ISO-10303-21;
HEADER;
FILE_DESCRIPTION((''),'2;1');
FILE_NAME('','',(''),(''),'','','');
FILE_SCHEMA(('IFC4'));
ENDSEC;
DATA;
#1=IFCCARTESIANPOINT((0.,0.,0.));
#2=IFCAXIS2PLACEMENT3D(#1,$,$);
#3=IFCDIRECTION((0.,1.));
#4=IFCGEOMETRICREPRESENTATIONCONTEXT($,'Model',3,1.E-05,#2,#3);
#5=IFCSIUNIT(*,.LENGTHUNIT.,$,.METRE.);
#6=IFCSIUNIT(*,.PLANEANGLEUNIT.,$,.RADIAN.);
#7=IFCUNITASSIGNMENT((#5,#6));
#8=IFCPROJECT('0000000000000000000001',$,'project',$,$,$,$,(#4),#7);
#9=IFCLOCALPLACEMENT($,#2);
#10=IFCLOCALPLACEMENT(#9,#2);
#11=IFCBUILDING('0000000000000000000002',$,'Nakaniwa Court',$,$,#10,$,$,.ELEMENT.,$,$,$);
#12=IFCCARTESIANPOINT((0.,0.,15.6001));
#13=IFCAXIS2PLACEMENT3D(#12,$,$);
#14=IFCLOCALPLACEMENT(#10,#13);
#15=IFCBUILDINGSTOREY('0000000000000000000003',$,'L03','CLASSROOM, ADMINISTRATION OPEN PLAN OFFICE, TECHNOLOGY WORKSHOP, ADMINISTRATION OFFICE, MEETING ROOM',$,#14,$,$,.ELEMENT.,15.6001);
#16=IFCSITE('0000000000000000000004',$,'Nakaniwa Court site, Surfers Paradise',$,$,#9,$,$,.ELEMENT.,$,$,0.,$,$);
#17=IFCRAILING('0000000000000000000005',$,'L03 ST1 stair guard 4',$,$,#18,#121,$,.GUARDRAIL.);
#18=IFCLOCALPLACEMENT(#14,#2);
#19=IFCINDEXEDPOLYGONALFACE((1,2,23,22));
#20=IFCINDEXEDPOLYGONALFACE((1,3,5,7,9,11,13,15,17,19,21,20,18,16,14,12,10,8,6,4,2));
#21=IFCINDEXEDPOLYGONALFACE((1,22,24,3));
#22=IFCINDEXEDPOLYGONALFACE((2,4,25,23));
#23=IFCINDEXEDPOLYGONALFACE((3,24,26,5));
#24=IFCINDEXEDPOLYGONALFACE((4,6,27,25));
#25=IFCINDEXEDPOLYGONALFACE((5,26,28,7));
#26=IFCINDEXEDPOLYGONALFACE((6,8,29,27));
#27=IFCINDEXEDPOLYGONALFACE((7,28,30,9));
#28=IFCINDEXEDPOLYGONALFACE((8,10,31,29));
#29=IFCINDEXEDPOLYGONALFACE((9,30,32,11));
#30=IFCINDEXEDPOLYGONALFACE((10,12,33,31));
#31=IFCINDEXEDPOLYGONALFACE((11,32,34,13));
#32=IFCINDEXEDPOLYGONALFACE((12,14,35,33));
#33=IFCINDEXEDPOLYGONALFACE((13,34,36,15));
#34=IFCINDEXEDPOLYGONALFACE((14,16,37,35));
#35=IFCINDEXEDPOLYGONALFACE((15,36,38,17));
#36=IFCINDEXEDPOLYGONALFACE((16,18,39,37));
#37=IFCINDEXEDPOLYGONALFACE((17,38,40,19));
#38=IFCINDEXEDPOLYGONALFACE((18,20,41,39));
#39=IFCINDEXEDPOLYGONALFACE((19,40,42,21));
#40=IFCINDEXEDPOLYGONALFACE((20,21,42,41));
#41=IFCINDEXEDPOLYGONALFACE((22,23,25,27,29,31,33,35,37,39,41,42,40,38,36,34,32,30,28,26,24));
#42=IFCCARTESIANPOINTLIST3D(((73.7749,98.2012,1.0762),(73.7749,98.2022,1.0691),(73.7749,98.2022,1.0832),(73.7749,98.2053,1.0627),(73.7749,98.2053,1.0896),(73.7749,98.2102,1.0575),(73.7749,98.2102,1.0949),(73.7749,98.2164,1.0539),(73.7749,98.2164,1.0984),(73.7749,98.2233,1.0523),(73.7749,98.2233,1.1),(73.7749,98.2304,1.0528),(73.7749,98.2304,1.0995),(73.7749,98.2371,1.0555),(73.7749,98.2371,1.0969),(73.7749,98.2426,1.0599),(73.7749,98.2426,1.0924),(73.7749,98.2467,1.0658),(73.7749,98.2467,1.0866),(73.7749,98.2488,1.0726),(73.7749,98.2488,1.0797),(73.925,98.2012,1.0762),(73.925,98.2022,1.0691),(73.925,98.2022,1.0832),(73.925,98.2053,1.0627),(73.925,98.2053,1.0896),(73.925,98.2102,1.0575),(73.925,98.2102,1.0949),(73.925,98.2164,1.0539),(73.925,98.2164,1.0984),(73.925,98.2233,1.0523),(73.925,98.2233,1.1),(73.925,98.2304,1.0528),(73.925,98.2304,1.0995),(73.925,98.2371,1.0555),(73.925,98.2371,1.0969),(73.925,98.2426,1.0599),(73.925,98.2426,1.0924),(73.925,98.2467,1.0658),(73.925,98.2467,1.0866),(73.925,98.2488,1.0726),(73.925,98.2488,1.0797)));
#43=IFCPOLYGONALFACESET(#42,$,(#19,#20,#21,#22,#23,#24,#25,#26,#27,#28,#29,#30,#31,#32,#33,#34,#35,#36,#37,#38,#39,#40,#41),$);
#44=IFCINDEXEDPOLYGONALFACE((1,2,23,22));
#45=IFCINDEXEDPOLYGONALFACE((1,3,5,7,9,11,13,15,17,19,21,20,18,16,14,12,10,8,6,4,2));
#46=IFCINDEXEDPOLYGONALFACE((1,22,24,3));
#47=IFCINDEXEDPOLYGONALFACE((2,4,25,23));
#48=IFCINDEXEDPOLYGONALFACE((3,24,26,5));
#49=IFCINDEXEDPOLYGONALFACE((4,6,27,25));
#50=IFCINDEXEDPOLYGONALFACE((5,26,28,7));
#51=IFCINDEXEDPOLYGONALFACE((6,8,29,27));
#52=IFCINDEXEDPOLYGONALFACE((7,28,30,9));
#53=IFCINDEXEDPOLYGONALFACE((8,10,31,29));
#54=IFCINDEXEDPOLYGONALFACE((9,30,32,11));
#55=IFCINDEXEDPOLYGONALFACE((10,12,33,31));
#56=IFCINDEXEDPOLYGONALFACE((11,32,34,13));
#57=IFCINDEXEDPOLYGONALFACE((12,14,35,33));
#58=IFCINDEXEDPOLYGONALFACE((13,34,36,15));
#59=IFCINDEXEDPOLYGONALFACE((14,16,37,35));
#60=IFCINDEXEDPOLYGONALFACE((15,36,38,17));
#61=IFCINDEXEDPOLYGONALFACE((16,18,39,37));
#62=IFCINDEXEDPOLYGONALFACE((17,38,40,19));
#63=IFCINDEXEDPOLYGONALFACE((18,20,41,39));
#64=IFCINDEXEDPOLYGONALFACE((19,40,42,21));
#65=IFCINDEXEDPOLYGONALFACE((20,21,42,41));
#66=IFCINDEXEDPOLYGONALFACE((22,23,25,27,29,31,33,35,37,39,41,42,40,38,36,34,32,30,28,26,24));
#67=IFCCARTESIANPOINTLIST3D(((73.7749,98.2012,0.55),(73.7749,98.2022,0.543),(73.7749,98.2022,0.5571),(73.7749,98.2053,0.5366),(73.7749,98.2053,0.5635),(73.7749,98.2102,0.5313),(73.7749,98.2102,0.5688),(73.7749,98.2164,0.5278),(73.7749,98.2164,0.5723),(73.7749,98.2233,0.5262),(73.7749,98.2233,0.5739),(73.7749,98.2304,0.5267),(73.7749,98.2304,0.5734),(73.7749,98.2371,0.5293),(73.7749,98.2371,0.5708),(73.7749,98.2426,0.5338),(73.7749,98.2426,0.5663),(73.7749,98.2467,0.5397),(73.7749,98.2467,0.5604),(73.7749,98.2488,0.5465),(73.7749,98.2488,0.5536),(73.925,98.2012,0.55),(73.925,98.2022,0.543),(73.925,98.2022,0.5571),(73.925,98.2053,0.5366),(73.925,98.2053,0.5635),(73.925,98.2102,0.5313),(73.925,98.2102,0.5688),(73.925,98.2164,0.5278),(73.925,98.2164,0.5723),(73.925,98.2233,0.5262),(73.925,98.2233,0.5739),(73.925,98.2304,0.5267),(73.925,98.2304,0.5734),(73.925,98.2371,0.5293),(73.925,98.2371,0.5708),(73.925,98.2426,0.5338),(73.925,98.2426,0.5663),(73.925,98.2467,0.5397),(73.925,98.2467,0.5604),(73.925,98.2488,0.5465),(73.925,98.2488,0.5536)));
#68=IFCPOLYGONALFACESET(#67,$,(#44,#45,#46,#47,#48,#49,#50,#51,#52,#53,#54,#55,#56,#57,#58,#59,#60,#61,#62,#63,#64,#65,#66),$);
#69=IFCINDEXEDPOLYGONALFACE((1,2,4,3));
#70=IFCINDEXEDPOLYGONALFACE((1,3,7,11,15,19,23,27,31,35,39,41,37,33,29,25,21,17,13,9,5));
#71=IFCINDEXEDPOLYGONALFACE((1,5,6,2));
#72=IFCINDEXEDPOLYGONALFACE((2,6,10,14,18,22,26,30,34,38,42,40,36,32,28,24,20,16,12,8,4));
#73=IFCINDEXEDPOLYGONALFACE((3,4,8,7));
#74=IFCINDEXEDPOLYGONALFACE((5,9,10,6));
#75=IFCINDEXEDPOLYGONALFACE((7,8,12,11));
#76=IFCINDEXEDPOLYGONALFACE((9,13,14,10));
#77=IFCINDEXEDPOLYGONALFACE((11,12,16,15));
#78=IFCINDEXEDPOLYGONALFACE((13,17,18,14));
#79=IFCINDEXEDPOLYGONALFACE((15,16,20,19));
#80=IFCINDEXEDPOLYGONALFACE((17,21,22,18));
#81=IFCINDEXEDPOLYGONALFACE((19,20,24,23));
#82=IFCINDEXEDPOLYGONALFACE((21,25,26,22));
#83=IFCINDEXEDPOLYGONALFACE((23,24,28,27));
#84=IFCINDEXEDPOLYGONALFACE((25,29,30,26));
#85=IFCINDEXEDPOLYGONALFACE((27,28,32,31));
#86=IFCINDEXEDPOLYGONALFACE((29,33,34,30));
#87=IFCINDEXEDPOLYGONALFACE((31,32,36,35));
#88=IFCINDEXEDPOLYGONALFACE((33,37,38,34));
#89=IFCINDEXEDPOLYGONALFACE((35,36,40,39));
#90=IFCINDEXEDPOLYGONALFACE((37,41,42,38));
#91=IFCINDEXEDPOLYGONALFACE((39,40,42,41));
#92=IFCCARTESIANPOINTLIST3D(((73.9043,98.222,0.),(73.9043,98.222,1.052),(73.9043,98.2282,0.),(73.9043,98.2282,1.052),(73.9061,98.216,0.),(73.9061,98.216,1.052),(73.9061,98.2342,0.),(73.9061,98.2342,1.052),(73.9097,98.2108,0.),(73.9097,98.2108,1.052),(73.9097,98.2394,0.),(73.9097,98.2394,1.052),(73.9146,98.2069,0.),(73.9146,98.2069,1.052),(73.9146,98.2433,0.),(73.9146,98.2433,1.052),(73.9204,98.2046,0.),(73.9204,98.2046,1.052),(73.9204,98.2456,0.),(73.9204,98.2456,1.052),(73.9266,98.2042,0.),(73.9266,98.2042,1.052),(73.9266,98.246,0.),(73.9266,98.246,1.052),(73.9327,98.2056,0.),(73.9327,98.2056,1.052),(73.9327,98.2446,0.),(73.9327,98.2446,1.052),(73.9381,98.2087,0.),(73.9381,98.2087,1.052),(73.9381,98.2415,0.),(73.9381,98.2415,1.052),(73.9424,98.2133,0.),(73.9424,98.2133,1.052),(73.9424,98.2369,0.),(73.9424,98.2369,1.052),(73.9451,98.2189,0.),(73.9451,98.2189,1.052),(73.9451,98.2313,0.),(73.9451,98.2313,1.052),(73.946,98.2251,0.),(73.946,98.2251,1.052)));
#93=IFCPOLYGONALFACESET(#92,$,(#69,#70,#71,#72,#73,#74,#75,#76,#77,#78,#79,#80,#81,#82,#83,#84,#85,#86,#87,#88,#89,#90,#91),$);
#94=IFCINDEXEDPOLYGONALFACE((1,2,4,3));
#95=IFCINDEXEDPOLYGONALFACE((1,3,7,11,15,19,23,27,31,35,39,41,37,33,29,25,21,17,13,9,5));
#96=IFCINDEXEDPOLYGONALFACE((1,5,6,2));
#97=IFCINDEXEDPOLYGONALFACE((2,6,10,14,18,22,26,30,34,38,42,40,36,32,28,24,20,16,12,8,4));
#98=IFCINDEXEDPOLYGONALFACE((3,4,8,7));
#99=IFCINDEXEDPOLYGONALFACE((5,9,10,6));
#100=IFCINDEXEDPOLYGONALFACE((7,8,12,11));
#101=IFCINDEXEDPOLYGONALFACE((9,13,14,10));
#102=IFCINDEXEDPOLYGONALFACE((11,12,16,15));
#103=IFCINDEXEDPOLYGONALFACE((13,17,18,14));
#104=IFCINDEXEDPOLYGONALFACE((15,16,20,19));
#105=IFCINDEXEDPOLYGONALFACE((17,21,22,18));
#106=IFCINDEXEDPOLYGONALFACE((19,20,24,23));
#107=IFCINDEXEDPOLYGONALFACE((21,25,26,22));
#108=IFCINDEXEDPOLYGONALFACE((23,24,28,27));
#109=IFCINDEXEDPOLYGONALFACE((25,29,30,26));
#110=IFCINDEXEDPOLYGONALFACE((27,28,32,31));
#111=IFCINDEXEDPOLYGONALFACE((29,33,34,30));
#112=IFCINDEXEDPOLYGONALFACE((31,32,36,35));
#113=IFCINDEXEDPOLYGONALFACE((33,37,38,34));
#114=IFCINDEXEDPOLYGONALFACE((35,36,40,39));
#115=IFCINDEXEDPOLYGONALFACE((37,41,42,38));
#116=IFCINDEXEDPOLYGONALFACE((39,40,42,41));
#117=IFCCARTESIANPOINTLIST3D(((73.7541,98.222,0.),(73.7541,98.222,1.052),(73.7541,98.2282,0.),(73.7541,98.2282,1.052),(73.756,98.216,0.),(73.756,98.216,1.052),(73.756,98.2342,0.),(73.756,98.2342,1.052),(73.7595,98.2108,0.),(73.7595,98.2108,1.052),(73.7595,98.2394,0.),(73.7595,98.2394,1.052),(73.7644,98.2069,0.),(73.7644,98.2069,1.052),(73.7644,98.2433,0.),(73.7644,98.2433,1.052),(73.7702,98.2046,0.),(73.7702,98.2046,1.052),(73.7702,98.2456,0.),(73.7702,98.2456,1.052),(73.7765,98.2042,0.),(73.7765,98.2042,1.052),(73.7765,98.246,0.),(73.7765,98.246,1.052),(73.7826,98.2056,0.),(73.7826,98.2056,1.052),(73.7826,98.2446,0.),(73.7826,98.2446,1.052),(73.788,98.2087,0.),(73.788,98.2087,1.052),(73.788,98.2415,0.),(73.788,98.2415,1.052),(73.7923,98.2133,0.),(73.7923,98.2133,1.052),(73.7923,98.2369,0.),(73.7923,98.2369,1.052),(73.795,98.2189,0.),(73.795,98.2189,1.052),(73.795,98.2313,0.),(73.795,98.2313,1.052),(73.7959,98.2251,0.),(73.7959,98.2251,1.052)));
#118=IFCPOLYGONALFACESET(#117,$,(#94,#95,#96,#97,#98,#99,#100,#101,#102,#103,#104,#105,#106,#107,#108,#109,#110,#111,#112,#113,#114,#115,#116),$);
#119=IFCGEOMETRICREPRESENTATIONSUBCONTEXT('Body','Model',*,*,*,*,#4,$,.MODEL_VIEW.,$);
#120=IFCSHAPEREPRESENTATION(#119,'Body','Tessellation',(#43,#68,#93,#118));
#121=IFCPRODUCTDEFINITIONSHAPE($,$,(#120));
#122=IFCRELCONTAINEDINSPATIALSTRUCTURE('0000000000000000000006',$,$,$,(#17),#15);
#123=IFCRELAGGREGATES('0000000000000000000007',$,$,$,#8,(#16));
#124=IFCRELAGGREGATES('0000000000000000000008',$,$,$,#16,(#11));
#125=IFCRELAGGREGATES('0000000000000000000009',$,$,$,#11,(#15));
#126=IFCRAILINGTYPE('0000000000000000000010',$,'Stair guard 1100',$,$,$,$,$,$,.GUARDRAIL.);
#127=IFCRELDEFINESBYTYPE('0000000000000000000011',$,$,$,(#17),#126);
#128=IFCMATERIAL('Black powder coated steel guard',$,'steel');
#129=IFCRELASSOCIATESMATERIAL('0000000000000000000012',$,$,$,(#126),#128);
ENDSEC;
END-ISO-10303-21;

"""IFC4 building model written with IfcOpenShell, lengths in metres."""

from ifc_helpers import new_model, si_unit, direction, frame, origin, origin_2d, place, context, subcontext, project, spatial, circle, extrude, material, type_object, element, save


model = new_model("IFC4")

# Units and contexts
model_context = context("Model", 3, precision=1e-05, world=origin(), true_north=direction((0.0, 1.0)))
body_context = subcontext(model_context, "Body", "Model", "MODEL_VIEW")
ifc_project = project(units=[si_unit("LENGTHUNIT", "METRE"), si_unit("PLANEANGLEUNIT", "RADIAN")], contexts=[model_context])

# Site, building, storey
site_placement = place(None, origin())
site = spatial("IfcSite", under=ifc_project, at=site_placement, Name="Nakaniwa Court site, Surfers Paradise", CompositionType="ELEMENT", RefElevation=0.0)
building_placement = place(site_placement, origin())
building = spatial("IfcBuilding", under=site, at=building_placement, Name="Nakaniwa Court", CompositionType="ELEMENT")
storey_placement = place(building_placement, frame((0.0, 0.0, 15.6001)))
storey = spatial("IfcBuildingStorey", under=building, at=storey_placement, Name="L03", Description="CLASSROOM, ADMINISTRATION OPEN PLAN OFFICE, TECHNOLOGY WORKSHOP, ADMINISTRATION OFFICE, MEETING ROOM", CompositionType="ELEMENT", Elevation=15.6001)

# Railing
ifc_material_1 = material(Name="Black powder coated steel guard", Category="steel")
railing_type = type_object("IfcRailingType", Name="Stair guard 1100", PredefinedType="GUARDRAIL", material=ifc_material_1)
railing_1_placement = place(storey_placement, frame((73.925, 98.2251, 0.0)))
element("IfcRailing", 1, at=railing_1_placement, inside=storey, type_object=railing_type, Name="L03 ST1 stair guard 4", PredefinedType="GUARDRAIL", context=body_context, shape_type="SweptSolid", body=[
    extrude(circle(Radius=0.0239, at=origin_2d()), frame((0.0, 0.0, 1.0762), z_axis=(-1.0, 0.0, 0.0), x_axis=(0.0, -1.0, 0.0)), (0.0, 0.0, 1.0), 0.1501),
    extrude(circle(Radius=0.0239, at=origin_2d()), frame((0.0, 0.0, 0.55), z_axis=(-1.0, 0.0, 0.0), x_axis=(0.0, -1.0, 0.0)), (0.0, 0.0, 1.0), 0.1501),
    extrude(circle(Radius=0.021, at=origin_2d()), origin(), (0.0, 0.0, 1.0), 1.052),
    extrude(circle(Radius=0.021, at=origin_2d()), frame((-0.1501, 0.0, 0.0)), (0.0, 0.0, 1.0), 1.052),
])

save(model, "model.ifc")
